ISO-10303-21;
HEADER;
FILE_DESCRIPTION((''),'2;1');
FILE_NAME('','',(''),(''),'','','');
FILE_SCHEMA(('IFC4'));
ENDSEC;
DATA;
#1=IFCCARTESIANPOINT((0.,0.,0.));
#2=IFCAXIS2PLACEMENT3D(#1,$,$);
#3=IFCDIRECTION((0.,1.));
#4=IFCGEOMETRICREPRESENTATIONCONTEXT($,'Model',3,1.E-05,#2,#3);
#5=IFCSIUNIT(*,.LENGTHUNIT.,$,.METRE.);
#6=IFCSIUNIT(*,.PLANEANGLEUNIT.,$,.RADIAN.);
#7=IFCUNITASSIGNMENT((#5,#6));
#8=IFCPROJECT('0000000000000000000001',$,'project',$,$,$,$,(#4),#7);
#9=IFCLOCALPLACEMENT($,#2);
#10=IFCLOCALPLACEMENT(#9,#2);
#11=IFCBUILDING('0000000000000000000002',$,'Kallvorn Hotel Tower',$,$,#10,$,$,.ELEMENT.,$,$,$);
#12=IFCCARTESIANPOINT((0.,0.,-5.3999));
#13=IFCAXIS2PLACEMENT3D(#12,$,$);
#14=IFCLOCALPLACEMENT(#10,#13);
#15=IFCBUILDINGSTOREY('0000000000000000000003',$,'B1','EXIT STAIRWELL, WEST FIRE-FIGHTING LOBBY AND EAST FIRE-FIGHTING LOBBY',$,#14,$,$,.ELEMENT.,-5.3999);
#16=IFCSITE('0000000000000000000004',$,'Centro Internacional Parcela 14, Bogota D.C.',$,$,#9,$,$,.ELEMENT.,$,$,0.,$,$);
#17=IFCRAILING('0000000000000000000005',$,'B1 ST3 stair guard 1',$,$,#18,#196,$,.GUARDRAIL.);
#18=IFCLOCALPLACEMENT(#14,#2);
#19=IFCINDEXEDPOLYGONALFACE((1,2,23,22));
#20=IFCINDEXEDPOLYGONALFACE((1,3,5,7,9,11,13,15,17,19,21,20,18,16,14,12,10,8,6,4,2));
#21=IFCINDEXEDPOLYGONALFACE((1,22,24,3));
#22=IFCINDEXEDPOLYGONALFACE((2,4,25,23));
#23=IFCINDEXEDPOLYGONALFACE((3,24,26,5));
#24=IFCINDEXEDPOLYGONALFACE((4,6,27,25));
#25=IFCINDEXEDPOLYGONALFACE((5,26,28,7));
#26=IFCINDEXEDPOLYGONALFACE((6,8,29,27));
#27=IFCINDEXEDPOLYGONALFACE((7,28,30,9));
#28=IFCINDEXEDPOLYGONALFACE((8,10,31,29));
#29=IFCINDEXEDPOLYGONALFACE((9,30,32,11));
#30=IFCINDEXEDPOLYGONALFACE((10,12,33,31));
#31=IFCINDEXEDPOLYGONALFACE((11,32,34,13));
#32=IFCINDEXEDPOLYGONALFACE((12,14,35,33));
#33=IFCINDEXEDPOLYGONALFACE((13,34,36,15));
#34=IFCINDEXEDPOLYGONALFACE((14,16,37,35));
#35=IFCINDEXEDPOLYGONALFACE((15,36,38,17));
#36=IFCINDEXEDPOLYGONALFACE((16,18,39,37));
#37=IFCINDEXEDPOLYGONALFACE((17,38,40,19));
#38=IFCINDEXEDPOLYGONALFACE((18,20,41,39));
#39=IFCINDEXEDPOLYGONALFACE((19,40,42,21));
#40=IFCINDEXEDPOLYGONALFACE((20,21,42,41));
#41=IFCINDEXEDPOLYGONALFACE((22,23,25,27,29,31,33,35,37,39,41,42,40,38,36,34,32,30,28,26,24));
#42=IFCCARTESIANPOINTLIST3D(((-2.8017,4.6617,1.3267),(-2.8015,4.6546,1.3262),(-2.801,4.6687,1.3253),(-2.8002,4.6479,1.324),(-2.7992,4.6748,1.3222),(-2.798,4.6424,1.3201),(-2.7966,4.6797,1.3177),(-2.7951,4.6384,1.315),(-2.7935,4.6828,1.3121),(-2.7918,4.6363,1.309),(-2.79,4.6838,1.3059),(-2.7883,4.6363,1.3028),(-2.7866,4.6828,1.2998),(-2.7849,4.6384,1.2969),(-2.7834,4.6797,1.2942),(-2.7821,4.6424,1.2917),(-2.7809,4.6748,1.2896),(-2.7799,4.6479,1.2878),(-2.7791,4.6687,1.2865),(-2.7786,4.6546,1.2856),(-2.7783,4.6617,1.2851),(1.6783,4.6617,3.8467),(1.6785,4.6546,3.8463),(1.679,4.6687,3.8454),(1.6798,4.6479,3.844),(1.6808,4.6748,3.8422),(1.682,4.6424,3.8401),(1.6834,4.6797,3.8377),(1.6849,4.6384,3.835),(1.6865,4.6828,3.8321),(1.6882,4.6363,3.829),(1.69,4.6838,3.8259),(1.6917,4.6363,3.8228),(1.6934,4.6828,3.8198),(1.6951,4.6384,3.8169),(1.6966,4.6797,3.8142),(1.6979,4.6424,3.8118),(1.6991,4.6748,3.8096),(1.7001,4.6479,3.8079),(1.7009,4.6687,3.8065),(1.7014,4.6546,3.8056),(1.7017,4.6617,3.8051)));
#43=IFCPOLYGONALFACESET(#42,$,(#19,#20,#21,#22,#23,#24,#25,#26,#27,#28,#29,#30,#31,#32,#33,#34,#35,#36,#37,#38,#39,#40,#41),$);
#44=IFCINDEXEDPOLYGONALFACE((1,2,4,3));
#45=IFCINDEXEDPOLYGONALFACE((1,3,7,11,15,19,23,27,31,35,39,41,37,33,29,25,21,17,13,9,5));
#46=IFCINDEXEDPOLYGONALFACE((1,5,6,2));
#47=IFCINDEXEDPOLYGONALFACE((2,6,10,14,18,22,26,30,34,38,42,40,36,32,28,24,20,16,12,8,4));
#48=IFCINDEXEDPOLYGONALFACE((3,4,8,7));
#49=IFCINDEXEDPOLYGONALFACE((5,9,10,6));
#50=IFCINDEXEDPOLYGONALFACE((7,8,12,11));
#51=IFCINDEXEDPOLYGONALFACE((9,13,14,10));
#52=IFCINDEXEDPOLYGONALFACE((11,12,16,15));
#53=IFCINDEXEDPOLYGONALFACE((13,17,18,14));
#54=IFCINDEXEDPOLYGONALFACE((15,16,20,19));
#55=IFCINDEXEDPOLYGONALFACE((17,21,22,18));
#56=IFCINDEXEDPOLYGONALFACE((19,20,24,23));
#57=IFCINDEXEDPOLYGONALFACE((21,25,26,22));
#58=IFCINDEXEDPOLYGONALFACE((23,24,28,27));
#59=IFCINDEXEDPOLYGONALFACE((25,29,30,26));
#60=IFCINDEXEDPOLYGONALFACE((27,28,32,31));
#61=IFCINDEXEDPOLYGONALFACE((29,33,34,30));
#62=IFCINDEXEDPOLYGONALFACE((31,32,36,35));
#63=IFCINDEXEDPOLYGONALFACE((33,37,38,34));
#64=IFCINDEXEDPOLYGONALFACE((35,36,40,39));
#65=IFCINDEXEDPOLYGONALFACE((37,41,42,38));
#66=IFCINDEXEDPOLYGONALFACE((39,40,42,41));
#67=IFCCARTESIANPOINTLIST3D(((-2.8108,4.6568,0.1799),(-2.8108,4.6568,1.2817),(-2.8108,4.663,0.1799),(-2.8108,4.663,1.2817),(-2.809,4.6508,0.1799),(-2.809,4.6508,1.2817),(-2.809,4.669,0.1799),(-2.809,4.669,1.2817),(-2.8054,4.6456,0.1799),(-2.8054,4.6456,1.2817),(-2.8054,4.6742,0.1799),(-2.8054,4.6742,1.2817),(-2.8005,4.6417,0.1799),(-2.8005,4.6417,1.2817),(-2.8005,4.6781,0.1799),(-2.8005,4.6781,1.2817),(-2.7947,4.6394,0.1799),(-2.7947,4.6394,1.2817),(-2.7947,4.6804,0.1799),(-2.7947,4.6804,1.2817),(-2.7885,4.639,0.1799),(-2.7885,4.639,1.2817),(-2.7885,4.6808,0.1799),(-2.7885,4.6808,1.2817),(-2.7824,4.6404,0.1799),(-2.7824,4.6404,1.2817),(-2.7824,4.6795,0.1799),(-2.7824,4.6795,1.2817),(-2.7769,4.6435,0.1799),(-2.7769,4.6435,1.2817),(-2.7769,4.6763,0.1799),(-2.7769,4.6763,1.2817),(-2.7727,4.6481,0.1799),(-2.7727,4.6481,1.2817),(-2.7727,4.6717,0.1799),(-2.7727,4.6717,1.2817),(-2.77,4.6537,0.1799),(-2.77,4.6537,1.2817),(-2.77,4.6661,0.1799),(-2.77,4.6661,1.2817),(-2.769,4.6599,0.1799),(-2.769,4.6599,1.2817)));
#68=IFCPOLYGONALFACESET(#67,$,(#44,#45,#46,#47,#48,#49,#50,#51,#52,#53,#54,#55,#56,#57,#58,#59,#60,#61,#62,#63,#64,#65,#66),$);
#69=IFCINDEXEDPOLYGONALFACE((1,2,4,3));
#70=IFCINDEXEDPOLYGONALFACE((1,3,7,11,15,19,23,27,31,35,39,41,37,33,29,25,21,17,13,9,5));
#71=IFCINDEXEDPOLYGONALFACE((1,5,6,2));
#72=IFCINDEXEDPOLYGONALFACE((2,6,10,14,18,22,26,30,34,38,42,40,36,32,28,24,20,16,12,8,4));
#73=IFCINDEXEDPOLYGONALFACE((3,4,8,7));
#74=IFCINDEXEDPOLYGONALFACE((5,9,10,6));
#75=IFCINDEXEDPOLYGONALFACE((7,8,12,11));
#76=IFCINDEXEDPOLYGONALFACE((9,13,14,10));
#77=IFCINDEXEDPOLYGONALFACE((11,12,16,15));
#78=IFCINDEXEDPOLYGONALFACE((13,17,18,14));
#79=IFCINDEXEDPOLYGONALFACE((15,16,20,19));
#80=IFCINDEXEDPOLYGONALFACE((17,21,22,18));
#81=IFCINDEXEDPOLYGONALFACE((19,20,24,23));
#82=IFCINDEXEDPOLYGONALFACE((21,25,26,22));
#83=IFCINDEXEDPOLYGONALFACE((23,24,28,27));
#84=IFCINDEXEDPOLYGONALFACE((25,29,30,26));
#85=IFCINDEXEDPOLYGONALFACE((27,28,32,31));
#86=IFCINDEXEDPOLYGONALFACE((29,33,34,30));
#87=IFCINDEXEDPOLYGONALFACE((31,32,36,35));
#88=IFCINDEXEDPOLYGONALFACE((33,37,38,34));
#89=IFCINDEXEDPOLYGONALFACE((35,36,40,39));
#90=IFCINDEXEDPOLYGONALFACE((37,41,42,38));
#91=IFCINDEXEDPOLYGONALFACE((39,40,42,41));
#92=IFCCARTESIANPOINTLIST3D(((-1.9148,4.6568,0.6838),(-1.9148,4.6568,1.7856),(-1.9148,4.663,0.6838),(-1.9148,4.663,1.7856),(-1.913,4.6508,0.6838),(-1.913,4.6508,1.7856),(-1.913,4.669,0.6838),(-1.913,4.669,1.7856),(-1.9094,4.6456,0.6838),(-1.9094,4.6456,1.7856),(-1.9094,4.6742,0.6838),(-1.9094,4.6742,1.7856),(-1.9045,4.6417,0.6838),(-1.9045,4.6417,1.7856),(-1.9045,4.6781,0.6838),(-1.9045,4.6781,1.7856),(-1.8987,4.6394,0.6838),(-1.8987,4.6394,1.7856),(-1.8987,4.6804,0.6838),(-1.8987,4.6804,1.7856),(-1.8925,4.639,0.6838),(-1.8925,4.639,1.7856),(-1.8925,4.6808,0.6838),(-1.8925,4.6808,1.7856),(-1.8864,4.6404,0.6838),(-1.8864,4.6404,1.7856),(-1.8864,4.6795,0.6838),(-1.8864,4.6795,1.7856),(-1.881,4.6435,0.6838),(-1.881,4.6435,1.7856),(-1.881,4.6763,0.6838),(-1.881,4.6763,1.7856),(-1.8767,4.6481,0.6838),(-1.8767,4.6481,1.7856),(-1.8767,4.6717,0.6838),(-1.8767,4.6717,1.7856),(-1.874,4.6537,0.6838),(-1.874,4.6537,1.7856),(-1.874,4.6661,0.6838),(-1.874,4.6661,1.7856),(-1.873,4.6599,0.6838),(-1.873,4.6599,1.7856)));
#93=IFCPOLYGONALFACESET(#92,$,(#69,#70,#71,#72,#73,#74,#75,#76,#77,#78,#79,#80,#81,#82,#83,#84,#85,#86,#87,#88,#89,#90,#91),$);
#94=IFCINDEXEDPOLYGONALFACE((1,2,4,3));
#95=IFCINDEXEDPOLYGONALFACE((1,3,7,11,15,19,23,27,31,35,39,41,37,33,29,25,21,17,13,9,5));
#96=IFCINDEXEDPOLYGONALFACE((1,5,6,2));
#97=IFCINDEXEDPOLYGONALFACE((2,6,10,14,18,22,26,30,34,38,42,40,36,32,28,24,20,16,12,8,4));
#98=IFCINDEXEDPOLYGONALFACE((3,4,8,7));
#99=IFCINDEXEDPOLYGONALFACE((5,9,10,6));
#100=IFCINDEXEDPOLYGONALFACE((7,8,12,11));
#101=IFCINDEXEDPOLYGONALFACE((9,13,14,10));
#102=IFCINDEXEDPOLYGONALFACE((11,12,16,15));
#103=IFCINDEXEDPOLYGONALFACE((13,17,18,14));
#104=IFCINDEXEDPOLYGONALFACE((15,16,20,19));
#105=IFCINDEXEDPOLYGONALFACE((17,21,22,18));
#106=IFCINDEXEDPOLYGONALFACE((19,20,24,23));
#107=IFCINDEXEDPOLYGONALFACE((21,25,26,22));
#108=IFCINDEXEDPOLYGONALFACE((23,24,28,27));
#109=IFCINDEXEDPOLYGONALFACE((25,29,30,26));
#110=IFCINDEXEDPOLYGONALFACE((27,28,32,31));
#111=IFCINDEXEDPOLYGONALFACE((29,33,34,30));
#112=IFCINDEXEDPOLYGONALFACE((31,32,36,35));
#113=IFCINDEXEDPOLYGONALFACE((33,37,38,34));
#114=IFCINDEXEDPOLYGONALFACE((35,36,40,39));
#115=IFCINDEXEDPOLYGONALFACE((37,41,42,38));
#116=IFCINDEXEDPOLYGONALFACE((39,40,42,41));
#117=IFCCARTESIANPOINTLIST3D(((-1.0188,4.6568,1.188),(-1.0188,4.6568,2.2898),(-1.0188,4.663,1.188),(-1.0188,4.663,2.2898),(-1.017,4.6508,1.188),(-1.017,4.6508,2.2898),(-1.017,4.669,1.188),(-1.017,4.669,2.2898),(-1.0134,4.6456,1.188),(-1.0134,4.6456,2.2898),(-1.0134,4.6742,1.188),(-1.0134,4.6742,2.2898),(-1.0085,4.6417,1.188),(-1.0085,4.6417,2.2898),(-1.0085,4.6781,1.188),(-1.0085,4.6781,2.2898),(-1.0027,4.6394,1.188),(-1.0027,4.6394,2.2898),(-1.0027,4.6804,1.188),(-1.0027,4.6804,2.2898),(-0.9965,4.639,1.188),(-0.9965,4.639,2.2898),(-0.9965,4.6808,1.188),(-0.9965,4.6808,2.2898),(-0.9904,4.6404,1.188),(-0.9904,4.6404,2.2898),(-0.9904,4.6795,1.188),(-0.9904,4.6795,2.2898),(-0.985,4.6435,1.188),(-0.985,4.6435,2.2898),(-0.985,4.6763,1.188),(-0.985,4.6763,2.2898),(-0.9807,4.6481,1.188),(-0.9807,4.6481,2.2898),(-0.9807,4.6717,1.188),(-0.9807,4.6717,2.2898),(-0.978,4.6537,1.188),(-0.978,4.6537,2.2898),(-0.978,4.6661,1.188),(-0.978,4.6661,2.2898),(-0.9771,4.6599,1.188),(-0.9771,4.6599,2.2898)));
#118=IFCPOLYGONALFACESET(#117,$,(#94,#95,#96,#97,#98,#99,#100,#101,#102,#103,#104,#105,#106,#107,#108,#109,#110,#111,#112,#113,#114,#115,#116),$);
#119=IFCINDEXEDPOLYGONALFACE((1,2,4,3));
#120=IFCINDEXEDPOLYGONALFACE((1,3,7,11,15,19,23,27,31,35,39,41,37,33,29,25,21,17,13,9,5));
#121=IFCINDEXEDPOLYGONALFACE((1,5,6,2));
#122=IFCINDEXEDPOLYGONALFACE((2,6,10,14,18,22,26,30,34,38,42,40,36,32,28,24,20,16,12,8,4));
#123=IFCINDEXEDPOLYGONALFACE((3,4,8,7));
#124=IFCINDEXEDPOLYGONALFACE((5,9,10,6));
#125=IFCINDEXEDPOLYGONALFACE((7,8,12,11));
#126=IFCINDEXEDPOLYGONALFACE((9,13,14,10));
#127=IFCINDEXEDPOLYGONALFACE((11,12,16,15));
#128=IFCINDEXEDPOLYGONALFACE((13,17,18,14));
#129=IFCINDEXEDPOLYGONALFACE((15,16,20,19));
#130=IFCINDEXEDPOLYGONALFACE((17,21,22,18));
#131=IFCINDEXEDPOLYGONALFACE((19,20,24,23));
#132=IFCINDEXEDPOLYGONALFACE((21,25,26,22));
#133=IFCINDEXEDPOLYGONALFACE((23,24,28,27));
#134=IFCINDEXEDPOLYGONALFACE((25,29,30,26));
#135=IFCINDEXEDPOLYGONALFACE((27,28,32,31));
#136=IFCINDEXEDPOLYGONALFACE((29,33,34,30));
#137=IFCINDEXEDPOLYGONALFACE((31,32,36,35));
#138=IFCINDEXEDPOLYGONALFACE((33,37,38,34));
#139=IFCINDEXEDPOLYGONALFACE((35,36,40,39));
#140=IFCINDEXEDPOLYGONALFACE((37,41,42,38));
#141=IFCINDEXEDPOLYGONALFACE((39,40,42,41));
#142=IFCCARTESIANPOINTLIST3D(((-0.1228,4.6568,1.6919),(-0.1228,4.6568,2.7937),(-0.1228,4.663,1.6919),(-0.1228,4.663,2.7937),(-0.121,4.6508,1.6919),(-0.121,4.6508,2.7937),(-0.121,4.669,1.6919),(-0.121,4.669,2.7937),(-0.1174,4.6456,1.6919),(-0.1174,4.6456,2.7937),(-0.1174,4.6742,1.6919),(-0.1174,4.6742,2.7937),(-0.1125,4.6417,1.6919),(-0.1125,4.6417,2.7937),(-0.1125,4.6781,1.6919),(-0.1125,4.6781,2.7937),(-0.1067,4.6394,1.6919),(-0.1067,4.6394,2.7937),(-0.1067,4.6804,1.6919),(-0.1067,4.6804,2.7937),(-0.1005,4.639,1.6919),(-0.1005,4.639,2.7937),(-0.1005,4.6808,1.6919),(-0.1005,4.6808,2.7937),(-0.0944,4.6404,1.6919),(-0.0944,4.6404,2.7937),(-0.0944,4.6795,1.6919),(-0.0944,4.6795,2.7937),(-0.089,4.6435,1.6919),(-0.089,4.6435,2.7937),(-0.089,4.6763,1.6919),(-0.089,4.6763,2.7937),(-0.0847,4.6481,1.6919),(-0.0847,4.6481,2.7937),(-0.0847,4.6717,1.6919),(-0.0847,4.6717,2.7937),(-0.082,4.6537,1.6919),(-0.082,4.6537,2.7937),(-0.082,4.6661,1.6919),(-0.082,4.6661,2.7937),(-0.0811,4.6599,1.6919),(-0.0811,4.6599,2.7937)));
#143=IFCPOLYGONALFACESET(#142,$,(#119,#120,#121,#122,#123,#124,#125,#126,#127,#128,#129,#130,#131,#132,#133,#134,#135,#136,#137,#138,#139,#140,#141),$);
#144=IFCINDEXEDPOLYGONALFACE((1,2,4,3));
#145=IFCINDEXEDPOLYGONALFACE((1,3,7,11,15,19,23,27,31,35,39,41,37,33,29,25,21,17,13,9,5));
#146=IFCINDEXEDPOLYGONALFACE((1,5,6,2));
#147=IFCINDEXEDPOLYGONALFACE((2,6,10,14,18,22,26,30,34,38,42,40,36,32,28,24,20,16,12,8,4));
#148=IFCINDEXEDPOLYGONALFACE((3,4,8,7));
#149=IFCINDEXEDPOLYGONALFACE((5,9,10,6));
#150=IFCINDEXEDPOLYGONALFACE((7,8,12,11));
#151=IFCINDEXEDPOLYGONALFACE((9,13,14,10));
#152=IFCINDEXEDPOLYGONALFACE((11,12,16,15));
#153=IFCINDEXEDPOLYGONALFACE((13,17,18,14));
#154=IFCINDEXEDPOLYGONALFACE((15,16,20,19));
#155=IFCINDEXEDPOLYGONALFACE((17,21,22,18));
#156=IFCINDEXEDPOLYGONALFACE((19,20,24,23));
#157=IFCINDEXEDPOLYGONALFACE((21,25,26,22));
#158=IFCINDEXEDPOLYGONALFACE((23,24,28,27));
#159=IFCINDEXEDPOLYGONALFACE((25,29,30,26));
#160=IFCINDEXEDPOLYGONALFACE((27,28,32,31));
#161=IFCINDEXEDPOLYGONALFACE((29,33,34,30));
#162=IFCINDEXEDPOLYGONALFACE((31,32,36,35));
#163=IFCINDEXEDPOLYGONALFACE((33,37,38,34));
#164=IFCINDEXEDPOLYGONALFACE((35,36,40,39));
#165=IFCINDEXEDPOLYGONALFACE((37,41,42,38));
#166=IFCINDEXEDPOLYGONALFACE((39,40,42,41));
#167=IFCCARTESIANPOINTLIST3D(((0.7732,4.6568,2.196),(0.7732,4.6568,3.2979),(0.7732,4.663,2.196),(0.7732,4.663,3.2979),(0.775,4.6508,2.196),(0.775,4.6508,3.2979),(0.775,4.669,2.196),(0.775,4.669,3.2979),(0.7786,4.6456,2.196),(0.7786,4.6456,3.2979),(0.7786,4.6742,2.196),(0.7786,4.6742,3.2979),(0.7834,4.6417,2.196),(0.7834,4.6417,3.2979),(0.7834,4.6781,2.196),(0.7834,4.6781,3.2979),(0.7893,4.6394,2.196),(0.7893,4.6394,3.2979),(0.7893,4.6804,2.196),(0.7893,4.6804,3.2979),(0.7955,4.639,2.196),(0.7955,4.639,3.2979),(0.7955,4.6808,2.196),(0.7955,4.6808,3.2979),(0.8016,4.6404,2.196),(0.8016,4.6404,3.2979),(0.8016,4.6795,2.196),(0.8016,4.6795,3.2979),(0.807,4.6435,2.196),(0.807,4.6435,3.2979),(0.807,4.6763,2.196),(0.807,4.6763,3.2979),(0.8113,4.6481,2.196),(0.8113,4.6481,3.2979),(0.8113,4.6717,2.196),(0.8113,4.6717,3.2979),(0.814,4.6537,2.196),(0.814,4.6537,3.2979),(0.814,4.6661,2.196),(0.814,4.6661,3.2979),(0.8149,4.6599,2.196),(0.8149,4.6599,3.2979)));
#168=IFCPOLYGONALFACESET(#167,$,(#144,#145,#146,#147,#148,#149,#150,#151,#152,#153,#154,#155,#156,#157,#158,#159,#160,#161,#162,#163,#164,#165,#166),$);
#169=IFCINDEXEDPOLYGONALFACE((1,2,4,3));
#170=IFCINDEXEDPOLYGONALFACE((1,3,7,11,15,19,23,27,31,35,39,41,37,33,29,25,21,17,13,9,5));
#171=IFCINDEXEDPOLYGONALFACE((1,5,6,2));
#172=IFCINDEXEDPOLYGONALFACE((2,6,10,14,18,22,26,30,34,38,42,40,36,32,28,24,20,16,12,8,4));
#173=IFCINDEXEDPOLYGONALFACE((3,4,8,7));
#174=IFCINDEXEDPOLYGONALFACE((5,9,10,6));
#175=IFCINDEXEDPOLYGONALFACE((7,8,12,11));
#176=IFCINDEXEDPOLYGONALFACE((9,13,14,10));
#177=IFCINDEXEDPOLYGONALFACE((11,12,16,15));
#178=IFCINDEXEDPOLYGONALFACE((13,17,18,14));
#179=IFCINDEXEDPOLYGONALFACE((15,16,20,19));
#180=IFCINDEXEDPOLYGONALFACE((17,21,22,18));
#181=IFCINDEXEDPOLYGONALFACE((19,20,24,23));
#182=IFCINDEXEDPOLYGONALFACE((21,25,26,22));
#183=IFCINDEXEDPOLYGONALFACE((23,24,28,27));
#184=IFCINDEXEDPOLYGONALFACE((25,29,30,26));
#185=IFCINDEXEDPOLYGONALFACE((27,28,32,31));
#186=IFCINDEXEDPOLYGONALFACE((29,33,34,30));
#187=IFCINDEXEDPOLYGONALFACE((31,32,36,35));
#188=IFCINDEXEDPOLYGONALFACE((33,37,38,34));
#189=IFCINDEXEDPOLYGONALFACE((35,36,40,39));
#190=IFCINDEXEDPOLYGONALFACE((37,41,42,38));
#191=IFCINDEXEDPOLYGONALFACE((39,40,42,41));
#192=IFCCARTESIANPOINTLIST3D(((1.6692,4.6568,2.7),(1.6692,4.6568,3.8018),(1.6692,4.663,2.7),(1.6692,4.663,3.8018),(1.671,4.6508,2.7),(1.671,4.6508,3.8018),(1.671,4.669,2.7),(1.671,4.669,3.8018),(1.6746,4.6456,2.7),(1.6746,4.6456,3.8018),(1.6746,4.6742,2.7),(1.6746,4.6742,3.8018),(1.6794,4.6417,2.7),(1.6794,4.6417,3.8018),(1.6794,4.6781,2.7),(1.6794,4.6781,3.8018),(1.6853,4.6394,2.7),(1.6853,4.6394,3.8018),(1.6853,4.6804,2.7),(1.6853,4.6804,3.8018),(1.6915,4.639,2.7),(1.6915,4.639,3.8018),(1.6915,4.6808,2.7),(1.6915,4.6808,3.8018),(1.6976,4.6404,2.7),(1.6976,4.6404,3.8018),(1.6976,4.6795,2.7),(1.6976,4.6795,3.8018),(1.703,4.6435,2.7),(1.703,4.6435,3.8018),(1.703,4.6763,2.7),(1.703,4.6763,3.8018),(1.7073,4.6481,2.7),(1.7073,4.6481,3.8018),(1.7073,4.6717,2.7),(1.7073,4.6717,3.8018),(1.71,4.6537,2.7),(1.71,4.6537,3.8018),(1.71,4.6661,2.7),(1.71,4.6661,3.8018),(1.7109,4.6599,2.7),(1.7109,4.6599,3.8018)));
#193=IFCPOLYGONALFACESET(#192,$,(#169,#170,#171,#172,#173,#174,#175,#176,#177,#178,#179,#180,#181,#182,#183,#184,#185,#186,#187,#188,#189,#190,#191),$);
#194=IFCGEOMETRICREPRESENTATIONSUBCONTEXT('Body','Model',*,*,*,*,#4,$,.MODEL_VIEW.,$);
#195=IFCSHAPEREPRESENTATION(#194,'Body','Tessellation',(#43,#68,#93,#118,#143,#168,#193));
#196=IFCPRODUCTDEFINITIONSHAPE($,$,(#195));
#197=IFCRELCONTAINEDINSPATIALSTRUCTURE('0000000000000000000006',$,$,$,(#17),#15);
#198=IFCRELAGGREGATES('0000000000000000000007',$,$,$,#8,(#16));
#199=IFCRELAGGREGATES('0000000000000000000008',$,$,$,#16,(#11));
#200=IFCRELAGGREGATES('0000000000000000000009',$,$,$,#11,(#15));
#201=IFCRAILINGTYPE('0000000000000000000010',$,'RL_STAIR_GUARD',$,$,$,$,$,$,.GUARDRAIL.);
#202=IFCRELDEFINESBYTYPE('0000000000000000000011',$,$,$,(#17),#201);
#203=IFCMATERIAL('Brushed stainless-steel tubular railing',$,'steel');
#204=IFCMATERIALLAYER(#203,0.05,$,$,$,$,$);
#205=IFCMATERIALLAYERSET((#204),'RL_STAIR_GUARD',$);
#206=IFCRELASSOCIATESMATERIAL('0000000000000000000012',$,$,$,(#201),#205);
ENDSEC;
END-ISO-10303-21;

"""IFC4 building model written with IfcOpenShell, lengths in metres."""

from ifc_helpers import new_model, si_unit, direction, frame, origin, origin_2d, place, context, subcontext, project, spatial, circle, extrude, material, layer, layer_set, type_object, element, save


model = new_model("IFC4")

# Units and contexts
model_context = context("Model", 3, precision=1e-05, world=origin(), true_north=direction((0.0, 1.0)))
body_context = subcontext(model_context, "Body", "Model", "MODEL_VIEW")
ifc_project = project(units=[si_unit("LENGTHUNIT", "METRE"), si_unit("PLANEANGLEUNIT", "RADIAN")], contexts=[model_context])

# Site, building, storey
site_placement = place(None, origin())
site = spatial("IfcSite", under=ifc_project, at=site_placement, Name="Centro Internacional Parcela 14, Bogota D.C.", CompositionType="ELEMENT", RefElevation=0.0)
building_placement = place(site_placement, origin())
building = spatial("IfcBuilding", under=site, at=building_placement, Name="Kallvorn Hotel Tower", CompositionType="ELEMENT")
storey_placement = place(building_placement, frame((0.0, 0.0, -5.3999)))
storey = spatial("IfcBuildingStorey", under=building, at=storey_placement, Name="B1", Description="EXIT STAIRWELL, WEST FIRE-FIGHTING LOBBY AND EAST FIRE-FIGHTING LOBBY", CompositionType="ELEMENT", Elevation=-5.3999)

# Railing
ifc_material_1 = material(Name="Brushed stainless-steel tubular railing", Category="steel")
ifc_layer_1 = layer(ifc_material_1, 0.05)
ifc_layer_set_1 = layer_set([ifc_layer_1], Name="RL_STAIR_GUARD")
railing_type_1 = type_object("IfcRailingType", Name="RL_STAIR_GUARD", PredefinedType="GUARDRAIL", material=ifc_layer_set_1)
railing_1_placement = place(storey_placement, frame((-2.79, 4.6599, 0.1799)))
element("IfcRailing", 1, at=railing_1_placement, inside=storey, type_object=railing_type_1, Name="B1 ST3 stair guard 1", PredefinedType="GUARDRAIL", context=body_context, shape_type="SweptSolid", body=[
    extrude(circle(Radius=0.0239, at=origin_2d()), frame((0.0, 0.0, 1.126), z_axis=(0.871573, 0.0, 0.490266), x_axis=(0.0, 1.0, 0.0)), (0.0, 0.0, 1.0), 5.1401),
    extrude(circle(Radius=0.021, at=origin_2d()), origin(), (0.0, 0.0, 1.0), 1.1018),
    extrude(circle(Radius=0.021, at=origin_2d()), frame((0.896, 0.0, 0.5039)), (0.0, 0.0, 1.0), 1.1018),
    extrude(circle(Radius=0.021, at=origin_2d()), frame((1.792, 0.0, 1.0081)), (0.0, 0.0, 1.0), 1.1018),
    extrude(circle(Radius=0.021, at=origin_2d()), frame((2.688, 0.0, 1.512)), (0.0, 0.0, 1.0), 1.1018),
    extrude(circle(Radius=0.021, at=origin_2d()), frame((3.584, 0.0, 2.0161)), (0.0, 0.0, 1.0), 1.1018),
    extrude(circle(Radius=0.021, at=origin_2d()), frame((4.48, 0.0, 2.52)), (0.0, 0.0, 1.0), 1.1018),
])

save(model, "model.ifc")
